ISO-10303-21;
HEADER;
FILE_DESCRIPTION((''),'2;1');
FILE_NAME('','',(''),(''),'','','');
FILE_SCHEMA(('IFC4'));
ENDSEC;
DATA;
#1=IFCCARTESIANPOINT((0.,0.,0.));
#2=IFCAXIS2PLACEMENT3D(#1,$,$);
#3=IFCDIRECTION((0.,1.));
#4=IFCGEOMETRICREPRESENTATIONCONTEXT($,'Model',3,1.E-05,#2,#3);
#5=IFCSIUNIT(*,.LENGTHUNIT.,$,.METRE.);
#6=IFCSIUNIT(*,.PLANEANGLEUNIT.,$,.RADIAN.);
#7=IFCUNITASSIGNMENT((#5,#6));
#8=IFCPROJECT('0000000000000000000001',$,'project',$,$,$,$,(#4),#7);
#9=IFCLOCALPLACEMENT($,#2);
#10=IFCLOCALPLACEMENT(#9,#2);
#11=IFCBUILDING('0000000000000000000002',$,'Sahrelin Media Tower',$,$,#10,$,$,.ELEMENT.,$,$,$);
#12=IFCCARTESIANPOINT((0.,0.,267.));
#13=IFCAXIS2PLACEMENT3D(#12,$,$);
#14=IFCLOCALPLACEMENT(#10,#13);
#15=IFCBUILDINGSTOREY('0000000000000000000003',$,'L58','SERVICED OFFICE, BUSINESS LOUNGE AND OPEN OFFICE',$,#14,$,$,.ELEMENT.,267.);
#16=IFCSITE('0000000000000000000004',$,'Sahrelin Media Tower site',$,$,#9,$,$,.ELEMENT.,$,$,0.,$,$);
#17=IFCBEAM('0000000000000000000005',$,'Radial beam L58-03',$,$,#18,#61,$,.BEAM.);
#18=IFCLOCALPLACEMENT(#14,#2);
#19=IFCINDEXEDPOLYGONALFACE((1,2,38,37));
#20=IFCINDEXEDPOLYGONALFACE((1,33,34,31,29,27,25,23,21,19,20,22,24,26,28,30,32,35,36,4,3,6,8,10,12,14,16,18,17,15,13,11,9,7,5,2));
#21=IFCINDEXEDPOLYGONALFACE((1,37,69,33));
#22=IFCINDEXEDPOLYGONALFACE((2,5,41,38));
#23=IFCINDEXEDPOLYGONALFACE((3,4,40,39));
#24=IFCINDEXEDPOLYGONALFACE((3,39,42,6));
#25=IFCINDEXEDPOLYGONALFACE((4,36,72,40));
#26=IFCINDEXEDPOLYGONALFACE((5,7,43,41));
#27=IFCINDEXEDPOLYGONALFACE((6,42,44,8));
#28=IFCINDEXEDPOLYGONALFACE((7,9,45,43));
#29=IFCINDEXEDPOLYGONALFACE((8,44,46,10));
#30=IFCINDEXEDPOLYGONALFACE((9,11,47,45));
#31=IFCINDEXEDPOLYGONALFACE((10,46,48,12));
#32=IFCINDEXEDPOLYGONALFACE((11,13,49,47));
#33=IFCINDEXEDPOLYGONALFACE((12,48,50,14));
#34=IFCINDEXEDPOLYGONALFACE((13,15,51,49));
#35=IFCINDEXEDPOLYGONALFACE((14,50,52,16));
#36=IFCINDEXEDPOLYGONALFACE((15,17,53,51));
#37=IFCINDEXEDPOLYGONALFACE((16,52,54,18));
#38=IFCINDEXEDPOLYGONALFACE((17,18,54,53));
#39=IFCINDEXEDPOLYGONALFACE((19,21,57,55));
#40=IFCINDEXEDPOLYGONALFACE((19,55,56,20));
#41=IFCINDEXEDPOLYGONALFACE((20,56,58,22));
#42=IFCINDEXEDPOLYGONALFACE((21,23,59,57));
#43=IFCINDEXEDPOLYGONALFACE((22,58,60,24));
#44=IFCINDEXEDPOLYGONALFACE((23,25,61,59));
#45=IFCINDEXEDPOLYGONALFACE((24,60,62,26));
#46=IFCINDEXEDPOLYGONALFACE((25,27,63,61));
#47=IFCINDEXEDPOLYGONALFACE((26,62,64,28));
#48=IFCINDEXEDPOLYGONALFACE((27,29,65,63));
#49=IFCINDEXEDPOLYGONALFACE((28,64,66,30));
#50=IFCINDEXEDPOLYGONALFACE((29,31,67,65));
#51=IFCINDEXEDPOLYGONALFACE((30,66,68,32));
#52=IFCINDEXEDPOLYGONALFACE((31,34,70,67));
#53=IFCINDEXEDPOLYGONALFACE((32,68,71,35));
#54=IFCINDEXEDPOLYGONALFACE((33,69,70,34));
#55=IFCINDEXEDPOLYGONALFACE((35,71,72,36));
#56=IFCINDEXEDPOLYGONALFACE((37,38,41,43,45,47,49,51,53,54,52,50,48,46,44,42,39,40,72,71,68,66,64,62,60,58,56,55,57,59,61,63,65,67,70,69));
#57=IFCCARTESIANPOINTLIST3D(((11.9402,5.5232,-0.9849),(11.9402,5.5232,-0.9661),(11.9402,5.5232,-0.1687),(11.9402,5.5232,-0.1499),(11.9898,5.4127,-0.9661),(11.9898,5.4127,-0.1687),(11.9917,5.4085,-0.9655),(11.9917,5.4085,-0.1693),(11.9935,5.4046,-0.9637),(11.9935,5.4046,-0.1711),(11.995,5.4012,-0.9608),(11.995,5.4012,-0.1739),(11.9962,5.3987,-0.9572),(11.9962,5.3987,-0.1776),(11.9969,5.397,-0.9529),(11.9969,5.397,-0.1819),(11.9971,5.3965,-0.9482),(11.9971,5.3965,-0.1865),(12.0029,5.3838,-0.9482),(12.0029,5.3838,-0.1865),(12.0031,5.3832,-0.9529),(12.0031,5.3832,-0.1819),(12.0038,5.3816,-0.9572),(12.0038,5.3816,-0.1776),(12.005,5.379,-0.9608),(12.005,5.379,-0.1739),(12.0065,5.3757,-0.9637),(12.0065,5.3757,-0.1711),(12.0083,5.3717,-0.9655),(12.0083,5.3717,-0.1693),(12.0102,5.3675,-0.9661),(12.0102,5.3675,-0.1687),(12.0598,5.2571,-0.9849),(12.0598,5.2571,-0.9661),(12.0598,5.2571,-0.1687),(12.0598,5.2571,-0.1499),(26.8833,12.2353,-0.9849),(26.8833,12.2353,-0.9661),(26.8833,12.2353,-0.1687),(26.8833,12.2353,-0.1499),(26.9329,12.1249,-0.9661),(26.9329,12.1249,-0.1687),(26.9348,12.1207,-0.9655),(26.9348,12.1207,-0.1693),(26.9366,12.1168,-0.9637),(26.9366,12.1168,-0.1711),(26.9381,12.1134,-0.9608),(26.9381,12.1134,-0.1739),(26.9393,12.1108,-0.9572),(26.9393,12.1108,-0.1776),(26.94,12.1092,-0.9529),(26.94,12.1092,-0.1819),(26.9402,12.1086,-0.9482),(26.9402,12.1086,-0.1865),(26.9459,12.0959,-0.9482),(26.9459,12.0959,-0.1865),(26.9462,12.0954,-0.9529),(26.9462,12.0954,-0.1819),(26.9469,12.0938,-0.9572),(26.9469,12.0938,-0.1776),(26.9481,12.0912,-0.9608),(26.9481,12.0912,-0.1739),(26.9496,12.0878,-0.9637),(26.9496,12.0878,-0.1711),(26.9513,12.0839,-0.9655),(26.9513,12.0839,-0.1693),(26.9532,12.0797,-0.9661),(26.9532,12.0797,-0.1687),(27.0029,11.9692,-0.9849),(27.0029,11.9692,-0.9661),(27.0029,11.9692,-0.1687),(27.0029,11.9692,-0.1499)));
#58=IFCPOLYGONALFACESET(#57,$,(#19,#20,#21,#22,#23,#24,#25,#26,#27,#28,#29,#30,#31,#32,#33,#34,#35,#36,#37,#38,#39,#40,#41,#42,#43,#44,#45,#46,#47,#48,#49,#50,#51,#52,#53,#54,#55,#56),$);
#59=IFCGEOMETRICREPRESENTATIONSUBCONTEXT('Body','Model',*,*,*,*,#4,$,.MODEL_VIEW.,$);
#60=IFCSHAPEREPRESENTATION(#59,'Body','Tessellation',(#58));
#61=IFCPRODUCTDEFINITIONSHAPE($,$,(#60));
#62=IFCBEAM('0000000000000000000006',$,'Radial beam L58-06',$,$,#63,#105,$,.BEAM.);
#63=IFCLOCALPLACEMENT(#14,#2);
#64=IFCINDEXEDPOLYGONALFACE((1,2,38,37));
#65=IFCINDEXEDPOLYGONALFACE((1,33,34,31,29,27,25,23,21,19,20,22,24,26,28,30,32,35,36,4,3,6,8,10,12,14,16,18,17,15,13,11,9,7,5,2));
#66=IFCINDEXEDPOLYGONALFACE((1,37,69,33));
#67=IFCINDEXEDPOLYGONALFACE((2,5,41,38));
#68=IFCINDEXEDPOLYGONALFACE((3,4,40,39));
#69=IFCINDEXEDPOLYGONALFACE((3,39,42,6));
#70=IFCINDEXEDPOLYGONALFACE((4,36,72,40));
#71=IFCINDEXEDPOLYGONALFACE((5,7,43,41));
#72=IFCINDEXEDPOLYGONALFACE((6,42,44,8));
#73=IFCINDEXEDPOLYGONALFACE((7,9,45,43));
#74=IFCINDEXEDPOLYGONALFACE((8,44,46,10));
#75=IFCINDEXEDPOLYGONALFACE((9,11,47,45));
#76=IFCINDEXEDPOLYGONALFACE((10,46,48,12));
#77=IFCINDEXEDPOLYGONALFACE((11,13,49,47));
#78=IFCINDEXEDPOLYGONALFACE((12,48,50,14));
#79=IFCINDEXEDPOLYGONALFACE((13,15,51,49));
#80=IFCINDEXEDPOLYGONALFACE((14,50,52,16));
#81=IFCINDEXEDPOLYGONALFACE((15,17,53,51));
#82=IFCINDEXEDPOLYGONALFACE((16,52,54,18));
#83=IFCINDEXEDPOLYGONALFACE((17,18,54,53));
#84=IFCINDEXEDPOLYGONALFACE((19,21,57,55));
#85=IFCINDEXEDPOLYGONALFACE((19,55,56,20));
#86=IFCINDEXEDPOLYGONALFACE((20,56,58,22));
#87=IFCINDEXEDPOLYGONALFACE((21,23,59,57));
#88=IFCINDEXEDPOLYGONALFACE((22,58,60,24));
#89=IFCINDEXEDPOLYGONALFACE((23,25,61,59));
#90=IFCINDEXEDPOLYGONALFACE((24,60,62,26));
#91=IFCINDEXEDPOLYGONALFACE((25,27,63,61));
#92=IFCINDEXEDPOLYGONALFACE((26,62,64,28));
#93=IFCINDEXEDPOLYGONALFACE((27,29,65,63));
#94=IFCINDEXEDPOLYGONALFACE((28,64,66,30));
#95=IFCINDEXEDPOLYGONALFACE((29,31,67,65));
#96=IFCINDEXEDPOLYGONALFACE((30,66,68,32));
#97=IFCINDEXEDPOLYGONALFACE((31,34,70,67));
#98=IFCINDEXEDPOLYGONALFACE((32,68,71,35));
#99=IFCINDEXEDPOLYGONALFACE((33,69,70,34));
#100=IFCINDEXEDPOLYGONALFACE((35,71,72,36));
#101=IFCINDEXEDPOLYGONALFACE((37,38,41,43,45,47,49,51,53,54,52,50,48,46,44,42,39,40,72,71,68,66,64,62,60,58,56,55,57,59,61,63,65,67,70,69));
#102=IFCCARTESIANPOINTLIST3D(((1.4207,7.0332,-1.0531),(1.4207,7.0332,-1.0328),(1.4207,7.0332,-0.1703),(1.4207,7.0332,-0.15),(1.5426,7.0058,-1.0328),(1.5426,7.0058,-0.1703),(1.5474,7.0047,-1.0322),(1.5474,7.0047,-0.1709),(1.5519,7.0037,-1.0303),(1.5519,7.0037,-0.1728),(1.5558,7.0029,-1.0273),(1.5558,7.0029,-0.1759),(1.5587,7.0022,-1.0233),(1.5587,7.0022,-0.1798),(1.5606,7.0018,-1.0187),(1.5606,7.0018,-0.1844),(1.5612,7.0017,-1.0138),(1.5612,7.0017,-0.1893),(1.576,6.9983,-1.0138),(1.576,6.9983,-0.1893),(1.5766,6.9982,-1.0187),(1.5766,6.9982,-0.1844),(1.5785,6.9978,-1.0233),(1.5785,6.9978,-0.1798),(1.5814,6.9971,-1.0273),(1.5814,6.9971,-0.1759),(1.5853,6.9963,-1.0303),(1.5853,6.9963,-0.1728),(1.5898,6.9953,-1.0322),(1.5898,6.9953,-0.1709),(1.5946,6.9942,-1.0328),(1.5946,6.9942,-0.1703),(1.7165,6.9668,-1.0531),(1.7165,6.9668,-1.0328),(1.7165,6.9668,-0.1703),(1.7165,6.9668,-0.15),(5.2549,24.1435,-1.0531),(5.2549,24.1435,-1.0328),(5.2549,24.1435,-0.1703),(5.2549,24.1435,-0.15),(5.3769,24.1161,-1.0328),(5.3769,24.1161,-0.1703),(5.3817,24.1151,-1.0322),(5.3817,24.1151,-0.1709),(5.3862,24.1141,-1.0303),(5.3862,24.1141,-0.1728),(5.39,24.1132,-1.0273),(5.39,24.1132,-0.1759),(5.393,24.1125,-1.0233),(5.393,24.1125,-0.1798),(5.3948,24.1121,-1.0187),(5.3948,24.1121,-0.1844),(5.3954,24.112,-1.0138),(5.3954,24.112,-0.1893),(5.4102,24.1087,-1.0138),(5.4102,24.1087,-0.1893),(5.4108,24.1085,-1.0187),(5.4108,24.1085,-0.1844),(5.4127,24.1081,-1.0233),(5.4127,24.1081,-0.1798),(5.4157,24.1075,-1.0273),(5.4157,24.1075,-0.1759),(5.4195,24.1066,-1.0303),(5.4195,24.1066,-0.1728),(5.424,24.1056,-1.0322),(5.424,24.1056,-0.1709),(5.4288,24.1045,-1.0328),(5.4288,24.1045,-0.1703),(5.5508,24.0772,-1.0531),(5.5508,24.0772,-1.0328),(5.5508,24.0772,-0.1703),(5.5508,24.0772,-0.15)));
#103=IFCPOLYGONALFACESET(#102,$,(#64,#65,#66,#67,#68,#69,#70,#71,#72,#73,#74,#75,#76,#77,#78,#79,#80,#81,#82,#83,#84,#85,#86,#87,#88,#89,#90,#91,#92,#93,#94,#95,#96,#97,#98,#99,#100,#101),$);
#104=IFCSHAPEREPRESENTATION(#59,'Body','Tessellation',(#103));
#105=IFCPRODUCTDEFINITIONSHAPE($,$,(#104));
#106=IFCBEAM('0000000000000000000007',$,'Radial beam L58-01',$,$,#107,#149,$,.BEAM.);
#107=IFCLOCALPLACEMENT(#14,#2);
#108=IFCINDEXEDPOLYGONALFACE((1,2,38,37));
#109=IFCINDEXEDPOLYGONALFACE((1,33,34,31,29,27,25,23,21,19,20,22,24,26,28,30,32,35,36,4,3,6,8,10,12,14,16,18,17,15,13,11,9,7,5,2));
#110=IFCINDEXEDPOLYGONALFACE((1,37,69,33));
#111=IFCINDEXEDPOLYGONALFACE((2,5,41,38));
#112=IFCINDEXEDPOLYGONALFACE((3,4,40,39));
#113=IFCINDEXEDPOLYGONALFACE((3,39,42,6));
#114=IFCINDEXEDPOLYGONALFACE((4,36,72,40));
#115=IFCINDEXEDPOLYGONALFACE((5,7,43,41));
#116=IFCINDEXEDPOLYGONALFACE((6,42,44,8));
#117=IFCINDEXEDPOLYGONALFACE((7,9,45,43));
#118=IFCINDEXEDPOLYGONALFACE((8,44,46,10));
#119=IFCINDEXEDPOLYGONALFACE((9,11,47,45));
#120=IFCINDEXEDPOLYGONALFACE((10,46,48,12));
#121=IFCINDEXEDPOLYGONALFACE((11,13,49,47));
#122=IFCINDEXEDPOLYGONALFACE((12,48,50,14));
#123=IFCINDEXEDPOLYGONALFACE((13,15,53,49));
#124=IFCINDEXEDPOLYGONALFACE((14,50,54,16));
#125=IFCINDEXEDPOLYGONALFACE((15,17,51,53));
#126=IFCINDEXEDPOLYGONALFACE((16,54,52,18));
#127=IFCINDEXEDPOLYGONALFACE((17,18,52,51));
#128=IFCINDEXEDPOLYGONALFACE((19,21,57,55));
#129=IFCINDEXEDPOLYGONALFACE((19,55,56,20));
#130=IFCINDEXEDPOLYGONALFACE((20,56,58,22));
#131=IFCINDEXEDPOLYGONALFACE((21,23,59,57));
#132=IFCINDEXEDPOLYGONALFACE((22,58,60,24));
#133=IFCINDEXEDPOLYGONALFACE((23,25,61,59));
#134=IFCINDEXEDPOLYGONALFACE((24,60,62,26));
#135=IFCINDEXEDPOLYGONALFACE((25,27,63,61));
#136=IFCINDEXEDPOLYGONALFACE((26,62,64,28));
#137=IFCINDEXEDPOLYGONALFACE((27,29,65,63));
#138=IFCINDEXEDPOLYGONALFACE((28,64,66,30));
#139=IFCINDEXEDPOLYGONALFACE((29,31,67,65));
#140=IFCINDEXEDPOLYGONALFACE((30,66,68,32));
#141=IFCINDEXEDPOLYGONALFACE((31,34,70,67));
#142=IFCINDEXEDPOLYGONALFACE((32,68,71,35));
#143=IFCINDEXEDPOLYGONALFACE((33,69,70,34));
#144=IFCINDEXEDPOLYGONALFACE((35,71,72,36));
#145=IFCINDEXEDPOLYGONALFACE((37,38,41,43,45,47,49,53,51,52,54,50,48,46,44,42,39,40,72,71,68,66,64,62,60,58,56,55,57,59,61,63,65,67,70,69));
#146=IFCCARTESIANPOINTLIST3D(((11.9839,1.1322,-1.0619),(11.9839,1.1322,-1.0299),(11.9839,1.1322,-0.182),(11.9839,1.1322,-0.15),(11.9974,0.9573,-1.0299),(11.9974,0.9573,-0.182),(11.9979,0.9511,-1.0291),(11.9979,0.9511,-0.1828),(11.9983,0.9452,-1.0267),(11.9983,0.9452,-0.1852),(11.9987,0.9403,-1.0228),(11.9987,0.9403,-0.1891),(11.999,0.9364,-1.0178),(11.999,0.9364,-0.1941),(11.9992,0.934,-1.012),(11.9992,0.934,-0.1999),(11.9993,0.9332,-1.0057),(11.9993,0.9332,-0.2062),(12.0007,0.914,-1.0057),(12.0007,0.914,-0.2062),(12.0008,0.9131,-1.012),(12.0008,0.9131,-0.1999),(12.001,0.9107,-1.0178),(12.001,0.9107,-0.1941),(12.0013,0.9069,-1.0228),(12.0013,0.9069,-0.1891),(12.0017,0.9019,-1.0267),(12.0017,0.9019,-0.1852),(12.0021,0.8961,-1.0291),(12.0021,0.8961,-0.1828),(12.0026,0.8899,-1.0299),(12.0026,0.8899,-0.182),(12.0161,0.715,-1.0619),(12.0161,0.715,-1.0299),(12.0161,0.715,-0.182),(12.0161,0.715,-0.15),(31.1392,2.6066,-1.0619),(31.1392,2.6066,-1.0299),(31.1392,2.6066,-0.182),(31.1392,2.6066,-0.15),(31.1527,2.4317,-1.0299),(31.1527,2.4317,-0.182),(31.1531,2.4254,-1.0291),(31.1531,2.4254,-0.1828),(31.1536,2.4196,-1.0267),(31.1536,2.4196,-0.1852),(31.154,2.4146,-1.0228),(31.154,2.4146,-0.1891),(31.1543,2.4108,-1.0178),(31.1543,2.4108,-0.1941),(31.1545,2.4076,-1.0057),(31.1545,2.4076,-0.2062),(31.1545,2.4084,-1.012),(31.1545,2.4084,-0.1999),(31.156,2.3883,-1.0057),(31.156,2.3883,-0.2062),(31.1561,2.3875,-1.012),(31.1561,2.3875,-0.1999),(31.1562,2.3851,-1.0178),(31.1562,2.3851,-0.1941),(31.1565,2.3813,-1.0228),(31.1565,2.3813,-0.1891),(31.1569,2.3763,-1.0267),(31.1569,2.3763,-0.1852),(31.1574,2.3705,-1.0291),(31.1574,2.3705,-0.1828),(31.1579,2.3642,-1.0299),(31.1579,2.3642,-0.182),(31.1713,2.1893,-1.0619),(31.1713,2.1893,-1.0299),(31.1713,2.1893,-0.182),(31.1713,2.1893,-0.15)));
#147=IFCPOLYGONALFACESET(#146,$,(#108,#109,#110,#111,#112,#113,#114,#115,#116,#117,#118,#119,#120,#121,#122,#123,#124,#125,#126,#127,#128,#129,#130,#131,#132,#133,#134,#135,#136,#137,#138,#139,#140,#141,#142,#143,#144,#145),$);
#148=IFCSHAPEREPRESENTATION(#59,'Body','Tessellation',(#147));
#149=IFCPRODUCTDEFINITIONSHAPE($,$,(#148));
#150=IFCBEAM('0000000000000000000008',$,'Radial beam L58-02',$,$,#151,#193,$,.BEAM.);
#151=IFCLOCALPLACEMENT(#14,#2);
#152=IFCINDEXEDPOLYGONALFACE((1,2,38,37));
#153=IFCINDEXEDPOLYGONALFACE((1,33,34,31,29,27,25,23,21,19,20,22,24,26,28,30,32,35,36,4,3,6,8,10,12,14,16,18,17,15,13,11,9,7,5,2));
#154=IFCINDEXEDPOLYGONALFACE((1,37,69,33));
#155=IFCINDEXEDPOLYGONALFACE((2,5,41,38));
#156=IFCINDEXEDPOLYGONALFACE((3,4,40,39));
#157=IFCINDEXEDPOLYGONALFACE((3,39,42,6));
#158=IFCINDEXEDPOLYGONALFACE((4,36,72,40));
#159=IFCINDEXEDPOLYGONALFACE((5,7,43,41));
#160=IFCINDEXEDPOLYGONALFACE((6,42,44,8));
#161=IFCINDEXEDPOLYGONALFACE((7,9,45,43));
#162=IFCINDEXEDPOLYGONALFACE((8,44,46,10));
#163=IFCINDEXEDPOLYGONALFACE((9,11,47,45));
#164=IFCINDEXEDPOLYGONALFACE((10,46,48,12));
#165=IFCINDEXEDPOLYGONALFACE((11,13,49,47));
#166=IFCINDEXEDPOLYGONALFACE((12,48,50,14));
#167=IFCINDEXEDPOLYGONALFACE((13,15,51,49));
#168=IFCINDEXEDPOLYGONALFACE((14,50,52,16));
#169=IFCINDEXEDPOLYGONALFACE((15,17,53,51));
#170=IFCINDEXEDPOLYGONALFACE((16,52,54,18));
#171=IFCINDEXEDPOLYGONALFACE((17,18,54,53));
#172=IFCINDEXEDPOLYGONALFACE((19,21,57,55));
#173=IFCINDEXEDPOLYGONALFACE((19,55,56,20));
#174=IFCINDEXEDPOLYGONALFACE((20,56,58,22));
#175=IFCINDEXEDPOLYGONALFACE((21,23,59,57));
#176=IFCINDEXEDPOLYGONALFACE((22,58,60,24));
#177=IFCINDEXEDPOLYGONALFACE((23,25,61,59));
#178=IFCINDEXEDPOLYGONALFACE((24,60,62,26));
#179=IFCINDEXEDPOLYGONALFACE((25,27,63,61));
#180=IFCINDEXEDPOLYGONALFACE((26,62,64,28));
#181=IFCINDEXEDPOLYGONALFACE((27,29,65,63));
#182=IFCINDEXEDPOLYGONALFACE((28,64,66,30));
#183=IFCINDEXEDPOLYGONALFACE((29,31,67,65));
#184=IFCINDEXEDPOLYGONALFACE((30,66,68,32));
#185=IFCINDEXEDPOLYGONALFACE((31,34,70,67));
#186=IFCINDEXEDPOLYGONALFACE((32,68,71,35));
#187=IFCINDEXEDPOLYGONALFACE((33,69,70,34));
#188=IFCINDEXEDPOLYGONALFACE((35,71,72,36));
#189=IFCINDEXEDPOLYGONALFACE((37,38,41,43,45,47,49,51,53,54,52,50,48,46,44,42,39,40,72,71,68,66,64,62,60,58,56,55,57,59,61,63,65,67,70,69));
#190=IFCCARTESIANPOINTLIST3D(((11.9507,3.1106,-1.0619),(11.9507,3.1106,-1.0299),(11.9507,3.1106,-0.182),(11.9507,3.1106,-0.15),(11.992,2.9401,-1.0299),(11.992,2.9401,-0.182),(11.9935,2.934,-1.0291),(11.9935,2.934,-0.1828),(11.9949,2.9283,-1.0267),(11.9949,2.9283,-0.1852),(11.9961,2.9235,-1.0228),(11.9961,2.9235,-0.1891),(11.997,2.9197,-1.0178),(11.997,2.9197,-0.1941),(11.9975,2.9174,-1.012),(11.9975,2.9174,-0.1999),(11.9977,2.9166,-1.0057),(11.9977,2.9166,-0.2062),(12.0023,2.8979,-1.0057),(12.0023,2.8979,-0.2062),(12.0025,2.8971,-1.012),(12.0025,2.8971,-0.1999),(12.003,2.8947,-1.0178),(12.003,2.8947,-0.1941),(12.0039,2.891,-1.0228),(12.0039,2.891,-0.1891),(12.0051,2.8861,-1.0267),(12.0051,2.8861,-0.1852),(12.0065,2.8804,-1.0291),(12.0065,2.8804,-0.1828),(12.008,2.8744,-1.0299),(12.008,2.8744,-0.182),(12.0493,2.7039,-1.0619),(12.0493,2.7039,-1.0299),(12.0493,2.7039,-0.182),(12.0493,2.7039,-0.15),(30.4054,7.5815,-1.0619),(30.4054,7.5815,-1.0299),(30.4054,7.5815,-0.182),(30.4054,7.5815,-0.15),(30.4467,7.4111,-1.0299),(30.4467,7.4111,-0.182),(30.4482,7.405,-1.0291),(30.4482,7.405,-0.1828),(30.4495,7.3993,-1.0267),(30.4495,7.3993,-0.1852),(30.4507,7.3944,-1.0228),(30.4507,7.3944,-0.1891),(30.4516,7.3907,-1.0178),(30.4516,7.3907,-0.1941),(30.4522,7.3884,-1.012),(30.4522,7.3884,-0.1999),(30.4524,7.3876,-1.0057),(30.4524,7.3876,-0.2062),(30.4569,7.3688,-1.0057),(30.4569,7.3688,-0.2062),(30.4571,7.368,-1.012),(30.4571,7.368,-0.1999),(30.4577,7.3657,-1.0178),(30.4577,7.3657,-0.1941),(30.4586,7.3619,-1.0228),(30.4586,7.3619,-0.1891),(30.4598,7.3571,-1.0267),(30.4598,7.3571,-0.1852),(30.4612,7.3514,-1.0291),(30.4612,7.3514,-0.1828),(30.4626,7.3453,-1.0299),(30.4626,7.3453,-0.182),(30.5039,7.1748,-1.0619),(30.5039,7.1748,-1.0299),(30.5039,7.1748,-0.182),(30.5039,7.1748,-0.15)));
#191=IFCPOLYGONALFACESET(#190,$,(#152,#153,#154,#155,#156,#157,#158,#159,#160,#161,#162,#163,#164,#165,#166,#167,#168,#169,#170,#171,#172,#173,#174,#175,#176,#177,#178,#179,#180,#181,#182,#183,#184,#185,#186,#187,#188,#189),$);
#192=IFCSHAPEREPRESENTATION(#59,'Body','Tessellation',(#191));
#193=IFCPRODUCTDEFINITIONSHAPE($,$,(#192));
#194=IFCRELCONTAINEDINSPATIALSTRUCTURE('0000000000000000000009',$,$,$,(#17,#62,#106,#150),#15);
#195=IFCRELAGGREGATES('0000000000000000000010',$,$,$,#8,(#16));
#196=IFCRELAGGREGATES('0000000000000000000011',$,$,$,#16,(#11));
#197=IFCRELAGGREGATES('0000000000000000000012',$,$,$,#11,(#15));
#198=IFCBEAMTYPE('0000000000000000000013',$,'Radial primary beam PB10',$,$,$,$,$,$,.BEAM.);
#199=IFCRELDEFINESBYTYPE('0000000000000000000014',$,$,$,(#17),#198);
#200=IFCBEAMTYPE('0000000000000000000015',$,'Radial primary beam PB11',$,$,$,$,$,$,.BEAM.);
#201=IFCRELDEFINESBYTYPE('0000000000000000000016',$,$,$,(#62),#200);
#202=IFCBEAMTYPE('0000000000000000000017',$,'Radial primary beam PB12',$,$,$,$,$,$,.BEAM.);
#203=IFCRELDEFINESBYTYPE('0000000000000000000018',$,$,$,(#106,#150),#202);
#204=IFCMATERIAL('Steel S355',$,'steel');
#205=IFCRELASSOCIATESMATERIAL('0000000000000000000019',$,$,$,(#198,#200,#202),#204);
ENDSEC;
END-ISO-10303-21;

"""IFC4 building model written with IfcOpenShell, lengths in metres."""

from ifc_helpers import new_model, si_unit, direction, frame, origin, origin_2d, place, context, subcontext, project, spatial, i_section, extrude, material, material_profile, profile_set, type_object, element, save


model = new_model("IFC4")

# Units and contexts
model_context = context("Model", 3, precision=1e-05, world=origin(), true_north=direction((0.0, 1.0)))
body_context = subcontext(model_context, "Body", "Model", "MODEL_VIEW")
ifc_project = project(units=[si_unit("LENGTHUNIT", "METRE"), si_unit("PLANEANGLEUNIT", "RADIAN")], contexts=[model_context])

# Site, building, storey
site_placement = place(None, origin())
site = spatial("IfcSite", under=ifc_project, at=site_placement, Name="Sahrelin Media Tower site", CompositionType="ELEMENT", RefElevation=0.0)
building_placement = place(site_placement, origin())
building = spatial("IfcBuilding", under=site, at=building_placement, Name="Sahrelin Media Tower", CompositionType="ELEMENT")
storey_placement = place(building_placement, frame((0.0, 0.0, 267.0)))
storey = spatial("IfcBuildingStorey", under=building, at=storey_placement, Name="L58", Description="SERVICED OFFICE, BUSINESS LOUNGE AND OPEN OFFICE", CompositionType="ELEMENT", Elevation=267.0)

# Beams
ifc_material_1 = material(Name="Steel S355", Category="steel")
ifc_material_profile_1 = material_profile(ifc_material_1, i_section(OverallWidth=0.2917, OverallDepth=0.835, WebThickness=0.0139, FlangeThickness=0.0188, FilletRadius=0.0178, at=origin_2d()), Name="UB 838x292x176")
ifc_profile_set_1 = profile_set([ifc_material_profile_1], Name="Steel S355")
beam_type_1 = type_object("IfcBeamType", Name="Radial primary beam PB10", PredefinedType="BEAM", material=ifc_profile_set_1)
beam_1_placement = place(storey_placement, frame((12.0, 5.3901, -0.5674), z_axis=(0.912201, 0.409743, 0.0), x_axis=(-0.409743, 0.912201, 0.0)))
element("IfcBeam", 1, at=beam_1_placement, inside=storey, type_object=beam_type_1, Name="Radial beam L58-03", PredefinedType="BEAM", context=body_context, shape_type="SweptSolid", body=[
    extrude(i_section(OverallWidth=0.2917, OverallDepth=0.835, WebThickness=0.0139, FlangeThickness=0.0188, FilletRadius=0.0178, at=origin_2d()), origin(), (0.0, 0.0, 1.0), 16.3813),
])
ifc_material_profile_2 = material_profile(ifc_material_1, i_section(OverallWidth=0.3032, OverallDepth=0.9031, WebThickness=0.0151, FlangeThickness=0.0203, FilletRadius=0.019, at=origin_2d()), Name="UB 914x305x201")
ifc_profile_set_2 = profile_set([ifc_material_profile_2], Name="Steel S355")
beam_type_2 = type_object("IfcBeamType", Name="Radial primary beam PB11", PredefinedType="BEAM", material=ifc_profile_set_2)
beam_2_placement = place(storey_placement, frame((1.5686, 7.0, -0.6016), z_axis=(0.218665, 0.9758, 0.0), x_axis=(-0.9758, 0.218665, 0.0)))
element("IfcBeam", 2, at=beam_2_placement, inside=storey, type_object=beam_type_2, Name="Radial beam L58-06", PredefinedType="BEAM", context=body_context, shape_type="SweptSolid", body=[
    extrude(i_section(OverallWidth=0.3032, OverallDepth=0.9031, WebThickness=0.0151, FlangeThickness=0.0203, FilletRadius=0.019, at=origin_2d()), origin(), (0.0, 0.0, 1.0), 17.5347),
])
ifc_material_profile_3 = material_profile(ifc_material_1, i_section(OverallWidth=0.4185, OverallDepth=0.9119, WebThickness=0.0193, FlangeThickness=0.032, FilletRadius=0.0242, at=origin_2d()), Name="UB 914x419x343")
ifc_profile_set_3 = profile_set([ifc_material_profile_3], Name="Steel S355")
beam_type_3 = type_object("IfcBeamType", Name="Radial primary beam PB12", PredefinedType="BEAM", material=ifc_profile_set_3)
beam_3_placement = place(storey_placement, frame((12.0, 0.9236, -0.606), z_axis=(0.997051, 0.076742, 0.0), x_axis=(-0.076742, 0.997051, 0.0)))
element("IfcBeam", 3, at=beam_3_placement, inside=storey, type_object=beam_type_3, Name="Radial beam L58-01", PredefinedType="BEAM", context=body_context, shape_type="SweptSolid", body=[
    extrude(i_section(OverallWidth=0.4185, OverallDepth=0.9119, WebThickness=0.0193, FlangeThickness=0.032, FilletRadius=0.0242, at=origin_2d()), origin(), (0.0, 0.0, 1.0), 19.2119),
])
beam_4_placement = place(storey_placement, frame((12.0, 2.9072, -0.606), z_axis=(0.971885, 0.235456, 0.0), x_axis=(-0.235456, 0.971885, 0.0)))
element("IfcBeam", 4, at=beam_4_placement, inside=storey, type_object=beam_type_3, Name="Radial beam L58-02", PredefinedType="BEAM", context=body_context, shape_type="SweptSolid", body=[
    extrude(i_section(OverallWidth=0.4185, OverallDepth=0.9119, WebThickness=0.0193, FlangeThickness=0.032, FilletRadius=0.0242, at=origin_2d()), origin(), (0.0, 0.0, 1.0), 18.9885),
])

save(model, "model.ifc")
